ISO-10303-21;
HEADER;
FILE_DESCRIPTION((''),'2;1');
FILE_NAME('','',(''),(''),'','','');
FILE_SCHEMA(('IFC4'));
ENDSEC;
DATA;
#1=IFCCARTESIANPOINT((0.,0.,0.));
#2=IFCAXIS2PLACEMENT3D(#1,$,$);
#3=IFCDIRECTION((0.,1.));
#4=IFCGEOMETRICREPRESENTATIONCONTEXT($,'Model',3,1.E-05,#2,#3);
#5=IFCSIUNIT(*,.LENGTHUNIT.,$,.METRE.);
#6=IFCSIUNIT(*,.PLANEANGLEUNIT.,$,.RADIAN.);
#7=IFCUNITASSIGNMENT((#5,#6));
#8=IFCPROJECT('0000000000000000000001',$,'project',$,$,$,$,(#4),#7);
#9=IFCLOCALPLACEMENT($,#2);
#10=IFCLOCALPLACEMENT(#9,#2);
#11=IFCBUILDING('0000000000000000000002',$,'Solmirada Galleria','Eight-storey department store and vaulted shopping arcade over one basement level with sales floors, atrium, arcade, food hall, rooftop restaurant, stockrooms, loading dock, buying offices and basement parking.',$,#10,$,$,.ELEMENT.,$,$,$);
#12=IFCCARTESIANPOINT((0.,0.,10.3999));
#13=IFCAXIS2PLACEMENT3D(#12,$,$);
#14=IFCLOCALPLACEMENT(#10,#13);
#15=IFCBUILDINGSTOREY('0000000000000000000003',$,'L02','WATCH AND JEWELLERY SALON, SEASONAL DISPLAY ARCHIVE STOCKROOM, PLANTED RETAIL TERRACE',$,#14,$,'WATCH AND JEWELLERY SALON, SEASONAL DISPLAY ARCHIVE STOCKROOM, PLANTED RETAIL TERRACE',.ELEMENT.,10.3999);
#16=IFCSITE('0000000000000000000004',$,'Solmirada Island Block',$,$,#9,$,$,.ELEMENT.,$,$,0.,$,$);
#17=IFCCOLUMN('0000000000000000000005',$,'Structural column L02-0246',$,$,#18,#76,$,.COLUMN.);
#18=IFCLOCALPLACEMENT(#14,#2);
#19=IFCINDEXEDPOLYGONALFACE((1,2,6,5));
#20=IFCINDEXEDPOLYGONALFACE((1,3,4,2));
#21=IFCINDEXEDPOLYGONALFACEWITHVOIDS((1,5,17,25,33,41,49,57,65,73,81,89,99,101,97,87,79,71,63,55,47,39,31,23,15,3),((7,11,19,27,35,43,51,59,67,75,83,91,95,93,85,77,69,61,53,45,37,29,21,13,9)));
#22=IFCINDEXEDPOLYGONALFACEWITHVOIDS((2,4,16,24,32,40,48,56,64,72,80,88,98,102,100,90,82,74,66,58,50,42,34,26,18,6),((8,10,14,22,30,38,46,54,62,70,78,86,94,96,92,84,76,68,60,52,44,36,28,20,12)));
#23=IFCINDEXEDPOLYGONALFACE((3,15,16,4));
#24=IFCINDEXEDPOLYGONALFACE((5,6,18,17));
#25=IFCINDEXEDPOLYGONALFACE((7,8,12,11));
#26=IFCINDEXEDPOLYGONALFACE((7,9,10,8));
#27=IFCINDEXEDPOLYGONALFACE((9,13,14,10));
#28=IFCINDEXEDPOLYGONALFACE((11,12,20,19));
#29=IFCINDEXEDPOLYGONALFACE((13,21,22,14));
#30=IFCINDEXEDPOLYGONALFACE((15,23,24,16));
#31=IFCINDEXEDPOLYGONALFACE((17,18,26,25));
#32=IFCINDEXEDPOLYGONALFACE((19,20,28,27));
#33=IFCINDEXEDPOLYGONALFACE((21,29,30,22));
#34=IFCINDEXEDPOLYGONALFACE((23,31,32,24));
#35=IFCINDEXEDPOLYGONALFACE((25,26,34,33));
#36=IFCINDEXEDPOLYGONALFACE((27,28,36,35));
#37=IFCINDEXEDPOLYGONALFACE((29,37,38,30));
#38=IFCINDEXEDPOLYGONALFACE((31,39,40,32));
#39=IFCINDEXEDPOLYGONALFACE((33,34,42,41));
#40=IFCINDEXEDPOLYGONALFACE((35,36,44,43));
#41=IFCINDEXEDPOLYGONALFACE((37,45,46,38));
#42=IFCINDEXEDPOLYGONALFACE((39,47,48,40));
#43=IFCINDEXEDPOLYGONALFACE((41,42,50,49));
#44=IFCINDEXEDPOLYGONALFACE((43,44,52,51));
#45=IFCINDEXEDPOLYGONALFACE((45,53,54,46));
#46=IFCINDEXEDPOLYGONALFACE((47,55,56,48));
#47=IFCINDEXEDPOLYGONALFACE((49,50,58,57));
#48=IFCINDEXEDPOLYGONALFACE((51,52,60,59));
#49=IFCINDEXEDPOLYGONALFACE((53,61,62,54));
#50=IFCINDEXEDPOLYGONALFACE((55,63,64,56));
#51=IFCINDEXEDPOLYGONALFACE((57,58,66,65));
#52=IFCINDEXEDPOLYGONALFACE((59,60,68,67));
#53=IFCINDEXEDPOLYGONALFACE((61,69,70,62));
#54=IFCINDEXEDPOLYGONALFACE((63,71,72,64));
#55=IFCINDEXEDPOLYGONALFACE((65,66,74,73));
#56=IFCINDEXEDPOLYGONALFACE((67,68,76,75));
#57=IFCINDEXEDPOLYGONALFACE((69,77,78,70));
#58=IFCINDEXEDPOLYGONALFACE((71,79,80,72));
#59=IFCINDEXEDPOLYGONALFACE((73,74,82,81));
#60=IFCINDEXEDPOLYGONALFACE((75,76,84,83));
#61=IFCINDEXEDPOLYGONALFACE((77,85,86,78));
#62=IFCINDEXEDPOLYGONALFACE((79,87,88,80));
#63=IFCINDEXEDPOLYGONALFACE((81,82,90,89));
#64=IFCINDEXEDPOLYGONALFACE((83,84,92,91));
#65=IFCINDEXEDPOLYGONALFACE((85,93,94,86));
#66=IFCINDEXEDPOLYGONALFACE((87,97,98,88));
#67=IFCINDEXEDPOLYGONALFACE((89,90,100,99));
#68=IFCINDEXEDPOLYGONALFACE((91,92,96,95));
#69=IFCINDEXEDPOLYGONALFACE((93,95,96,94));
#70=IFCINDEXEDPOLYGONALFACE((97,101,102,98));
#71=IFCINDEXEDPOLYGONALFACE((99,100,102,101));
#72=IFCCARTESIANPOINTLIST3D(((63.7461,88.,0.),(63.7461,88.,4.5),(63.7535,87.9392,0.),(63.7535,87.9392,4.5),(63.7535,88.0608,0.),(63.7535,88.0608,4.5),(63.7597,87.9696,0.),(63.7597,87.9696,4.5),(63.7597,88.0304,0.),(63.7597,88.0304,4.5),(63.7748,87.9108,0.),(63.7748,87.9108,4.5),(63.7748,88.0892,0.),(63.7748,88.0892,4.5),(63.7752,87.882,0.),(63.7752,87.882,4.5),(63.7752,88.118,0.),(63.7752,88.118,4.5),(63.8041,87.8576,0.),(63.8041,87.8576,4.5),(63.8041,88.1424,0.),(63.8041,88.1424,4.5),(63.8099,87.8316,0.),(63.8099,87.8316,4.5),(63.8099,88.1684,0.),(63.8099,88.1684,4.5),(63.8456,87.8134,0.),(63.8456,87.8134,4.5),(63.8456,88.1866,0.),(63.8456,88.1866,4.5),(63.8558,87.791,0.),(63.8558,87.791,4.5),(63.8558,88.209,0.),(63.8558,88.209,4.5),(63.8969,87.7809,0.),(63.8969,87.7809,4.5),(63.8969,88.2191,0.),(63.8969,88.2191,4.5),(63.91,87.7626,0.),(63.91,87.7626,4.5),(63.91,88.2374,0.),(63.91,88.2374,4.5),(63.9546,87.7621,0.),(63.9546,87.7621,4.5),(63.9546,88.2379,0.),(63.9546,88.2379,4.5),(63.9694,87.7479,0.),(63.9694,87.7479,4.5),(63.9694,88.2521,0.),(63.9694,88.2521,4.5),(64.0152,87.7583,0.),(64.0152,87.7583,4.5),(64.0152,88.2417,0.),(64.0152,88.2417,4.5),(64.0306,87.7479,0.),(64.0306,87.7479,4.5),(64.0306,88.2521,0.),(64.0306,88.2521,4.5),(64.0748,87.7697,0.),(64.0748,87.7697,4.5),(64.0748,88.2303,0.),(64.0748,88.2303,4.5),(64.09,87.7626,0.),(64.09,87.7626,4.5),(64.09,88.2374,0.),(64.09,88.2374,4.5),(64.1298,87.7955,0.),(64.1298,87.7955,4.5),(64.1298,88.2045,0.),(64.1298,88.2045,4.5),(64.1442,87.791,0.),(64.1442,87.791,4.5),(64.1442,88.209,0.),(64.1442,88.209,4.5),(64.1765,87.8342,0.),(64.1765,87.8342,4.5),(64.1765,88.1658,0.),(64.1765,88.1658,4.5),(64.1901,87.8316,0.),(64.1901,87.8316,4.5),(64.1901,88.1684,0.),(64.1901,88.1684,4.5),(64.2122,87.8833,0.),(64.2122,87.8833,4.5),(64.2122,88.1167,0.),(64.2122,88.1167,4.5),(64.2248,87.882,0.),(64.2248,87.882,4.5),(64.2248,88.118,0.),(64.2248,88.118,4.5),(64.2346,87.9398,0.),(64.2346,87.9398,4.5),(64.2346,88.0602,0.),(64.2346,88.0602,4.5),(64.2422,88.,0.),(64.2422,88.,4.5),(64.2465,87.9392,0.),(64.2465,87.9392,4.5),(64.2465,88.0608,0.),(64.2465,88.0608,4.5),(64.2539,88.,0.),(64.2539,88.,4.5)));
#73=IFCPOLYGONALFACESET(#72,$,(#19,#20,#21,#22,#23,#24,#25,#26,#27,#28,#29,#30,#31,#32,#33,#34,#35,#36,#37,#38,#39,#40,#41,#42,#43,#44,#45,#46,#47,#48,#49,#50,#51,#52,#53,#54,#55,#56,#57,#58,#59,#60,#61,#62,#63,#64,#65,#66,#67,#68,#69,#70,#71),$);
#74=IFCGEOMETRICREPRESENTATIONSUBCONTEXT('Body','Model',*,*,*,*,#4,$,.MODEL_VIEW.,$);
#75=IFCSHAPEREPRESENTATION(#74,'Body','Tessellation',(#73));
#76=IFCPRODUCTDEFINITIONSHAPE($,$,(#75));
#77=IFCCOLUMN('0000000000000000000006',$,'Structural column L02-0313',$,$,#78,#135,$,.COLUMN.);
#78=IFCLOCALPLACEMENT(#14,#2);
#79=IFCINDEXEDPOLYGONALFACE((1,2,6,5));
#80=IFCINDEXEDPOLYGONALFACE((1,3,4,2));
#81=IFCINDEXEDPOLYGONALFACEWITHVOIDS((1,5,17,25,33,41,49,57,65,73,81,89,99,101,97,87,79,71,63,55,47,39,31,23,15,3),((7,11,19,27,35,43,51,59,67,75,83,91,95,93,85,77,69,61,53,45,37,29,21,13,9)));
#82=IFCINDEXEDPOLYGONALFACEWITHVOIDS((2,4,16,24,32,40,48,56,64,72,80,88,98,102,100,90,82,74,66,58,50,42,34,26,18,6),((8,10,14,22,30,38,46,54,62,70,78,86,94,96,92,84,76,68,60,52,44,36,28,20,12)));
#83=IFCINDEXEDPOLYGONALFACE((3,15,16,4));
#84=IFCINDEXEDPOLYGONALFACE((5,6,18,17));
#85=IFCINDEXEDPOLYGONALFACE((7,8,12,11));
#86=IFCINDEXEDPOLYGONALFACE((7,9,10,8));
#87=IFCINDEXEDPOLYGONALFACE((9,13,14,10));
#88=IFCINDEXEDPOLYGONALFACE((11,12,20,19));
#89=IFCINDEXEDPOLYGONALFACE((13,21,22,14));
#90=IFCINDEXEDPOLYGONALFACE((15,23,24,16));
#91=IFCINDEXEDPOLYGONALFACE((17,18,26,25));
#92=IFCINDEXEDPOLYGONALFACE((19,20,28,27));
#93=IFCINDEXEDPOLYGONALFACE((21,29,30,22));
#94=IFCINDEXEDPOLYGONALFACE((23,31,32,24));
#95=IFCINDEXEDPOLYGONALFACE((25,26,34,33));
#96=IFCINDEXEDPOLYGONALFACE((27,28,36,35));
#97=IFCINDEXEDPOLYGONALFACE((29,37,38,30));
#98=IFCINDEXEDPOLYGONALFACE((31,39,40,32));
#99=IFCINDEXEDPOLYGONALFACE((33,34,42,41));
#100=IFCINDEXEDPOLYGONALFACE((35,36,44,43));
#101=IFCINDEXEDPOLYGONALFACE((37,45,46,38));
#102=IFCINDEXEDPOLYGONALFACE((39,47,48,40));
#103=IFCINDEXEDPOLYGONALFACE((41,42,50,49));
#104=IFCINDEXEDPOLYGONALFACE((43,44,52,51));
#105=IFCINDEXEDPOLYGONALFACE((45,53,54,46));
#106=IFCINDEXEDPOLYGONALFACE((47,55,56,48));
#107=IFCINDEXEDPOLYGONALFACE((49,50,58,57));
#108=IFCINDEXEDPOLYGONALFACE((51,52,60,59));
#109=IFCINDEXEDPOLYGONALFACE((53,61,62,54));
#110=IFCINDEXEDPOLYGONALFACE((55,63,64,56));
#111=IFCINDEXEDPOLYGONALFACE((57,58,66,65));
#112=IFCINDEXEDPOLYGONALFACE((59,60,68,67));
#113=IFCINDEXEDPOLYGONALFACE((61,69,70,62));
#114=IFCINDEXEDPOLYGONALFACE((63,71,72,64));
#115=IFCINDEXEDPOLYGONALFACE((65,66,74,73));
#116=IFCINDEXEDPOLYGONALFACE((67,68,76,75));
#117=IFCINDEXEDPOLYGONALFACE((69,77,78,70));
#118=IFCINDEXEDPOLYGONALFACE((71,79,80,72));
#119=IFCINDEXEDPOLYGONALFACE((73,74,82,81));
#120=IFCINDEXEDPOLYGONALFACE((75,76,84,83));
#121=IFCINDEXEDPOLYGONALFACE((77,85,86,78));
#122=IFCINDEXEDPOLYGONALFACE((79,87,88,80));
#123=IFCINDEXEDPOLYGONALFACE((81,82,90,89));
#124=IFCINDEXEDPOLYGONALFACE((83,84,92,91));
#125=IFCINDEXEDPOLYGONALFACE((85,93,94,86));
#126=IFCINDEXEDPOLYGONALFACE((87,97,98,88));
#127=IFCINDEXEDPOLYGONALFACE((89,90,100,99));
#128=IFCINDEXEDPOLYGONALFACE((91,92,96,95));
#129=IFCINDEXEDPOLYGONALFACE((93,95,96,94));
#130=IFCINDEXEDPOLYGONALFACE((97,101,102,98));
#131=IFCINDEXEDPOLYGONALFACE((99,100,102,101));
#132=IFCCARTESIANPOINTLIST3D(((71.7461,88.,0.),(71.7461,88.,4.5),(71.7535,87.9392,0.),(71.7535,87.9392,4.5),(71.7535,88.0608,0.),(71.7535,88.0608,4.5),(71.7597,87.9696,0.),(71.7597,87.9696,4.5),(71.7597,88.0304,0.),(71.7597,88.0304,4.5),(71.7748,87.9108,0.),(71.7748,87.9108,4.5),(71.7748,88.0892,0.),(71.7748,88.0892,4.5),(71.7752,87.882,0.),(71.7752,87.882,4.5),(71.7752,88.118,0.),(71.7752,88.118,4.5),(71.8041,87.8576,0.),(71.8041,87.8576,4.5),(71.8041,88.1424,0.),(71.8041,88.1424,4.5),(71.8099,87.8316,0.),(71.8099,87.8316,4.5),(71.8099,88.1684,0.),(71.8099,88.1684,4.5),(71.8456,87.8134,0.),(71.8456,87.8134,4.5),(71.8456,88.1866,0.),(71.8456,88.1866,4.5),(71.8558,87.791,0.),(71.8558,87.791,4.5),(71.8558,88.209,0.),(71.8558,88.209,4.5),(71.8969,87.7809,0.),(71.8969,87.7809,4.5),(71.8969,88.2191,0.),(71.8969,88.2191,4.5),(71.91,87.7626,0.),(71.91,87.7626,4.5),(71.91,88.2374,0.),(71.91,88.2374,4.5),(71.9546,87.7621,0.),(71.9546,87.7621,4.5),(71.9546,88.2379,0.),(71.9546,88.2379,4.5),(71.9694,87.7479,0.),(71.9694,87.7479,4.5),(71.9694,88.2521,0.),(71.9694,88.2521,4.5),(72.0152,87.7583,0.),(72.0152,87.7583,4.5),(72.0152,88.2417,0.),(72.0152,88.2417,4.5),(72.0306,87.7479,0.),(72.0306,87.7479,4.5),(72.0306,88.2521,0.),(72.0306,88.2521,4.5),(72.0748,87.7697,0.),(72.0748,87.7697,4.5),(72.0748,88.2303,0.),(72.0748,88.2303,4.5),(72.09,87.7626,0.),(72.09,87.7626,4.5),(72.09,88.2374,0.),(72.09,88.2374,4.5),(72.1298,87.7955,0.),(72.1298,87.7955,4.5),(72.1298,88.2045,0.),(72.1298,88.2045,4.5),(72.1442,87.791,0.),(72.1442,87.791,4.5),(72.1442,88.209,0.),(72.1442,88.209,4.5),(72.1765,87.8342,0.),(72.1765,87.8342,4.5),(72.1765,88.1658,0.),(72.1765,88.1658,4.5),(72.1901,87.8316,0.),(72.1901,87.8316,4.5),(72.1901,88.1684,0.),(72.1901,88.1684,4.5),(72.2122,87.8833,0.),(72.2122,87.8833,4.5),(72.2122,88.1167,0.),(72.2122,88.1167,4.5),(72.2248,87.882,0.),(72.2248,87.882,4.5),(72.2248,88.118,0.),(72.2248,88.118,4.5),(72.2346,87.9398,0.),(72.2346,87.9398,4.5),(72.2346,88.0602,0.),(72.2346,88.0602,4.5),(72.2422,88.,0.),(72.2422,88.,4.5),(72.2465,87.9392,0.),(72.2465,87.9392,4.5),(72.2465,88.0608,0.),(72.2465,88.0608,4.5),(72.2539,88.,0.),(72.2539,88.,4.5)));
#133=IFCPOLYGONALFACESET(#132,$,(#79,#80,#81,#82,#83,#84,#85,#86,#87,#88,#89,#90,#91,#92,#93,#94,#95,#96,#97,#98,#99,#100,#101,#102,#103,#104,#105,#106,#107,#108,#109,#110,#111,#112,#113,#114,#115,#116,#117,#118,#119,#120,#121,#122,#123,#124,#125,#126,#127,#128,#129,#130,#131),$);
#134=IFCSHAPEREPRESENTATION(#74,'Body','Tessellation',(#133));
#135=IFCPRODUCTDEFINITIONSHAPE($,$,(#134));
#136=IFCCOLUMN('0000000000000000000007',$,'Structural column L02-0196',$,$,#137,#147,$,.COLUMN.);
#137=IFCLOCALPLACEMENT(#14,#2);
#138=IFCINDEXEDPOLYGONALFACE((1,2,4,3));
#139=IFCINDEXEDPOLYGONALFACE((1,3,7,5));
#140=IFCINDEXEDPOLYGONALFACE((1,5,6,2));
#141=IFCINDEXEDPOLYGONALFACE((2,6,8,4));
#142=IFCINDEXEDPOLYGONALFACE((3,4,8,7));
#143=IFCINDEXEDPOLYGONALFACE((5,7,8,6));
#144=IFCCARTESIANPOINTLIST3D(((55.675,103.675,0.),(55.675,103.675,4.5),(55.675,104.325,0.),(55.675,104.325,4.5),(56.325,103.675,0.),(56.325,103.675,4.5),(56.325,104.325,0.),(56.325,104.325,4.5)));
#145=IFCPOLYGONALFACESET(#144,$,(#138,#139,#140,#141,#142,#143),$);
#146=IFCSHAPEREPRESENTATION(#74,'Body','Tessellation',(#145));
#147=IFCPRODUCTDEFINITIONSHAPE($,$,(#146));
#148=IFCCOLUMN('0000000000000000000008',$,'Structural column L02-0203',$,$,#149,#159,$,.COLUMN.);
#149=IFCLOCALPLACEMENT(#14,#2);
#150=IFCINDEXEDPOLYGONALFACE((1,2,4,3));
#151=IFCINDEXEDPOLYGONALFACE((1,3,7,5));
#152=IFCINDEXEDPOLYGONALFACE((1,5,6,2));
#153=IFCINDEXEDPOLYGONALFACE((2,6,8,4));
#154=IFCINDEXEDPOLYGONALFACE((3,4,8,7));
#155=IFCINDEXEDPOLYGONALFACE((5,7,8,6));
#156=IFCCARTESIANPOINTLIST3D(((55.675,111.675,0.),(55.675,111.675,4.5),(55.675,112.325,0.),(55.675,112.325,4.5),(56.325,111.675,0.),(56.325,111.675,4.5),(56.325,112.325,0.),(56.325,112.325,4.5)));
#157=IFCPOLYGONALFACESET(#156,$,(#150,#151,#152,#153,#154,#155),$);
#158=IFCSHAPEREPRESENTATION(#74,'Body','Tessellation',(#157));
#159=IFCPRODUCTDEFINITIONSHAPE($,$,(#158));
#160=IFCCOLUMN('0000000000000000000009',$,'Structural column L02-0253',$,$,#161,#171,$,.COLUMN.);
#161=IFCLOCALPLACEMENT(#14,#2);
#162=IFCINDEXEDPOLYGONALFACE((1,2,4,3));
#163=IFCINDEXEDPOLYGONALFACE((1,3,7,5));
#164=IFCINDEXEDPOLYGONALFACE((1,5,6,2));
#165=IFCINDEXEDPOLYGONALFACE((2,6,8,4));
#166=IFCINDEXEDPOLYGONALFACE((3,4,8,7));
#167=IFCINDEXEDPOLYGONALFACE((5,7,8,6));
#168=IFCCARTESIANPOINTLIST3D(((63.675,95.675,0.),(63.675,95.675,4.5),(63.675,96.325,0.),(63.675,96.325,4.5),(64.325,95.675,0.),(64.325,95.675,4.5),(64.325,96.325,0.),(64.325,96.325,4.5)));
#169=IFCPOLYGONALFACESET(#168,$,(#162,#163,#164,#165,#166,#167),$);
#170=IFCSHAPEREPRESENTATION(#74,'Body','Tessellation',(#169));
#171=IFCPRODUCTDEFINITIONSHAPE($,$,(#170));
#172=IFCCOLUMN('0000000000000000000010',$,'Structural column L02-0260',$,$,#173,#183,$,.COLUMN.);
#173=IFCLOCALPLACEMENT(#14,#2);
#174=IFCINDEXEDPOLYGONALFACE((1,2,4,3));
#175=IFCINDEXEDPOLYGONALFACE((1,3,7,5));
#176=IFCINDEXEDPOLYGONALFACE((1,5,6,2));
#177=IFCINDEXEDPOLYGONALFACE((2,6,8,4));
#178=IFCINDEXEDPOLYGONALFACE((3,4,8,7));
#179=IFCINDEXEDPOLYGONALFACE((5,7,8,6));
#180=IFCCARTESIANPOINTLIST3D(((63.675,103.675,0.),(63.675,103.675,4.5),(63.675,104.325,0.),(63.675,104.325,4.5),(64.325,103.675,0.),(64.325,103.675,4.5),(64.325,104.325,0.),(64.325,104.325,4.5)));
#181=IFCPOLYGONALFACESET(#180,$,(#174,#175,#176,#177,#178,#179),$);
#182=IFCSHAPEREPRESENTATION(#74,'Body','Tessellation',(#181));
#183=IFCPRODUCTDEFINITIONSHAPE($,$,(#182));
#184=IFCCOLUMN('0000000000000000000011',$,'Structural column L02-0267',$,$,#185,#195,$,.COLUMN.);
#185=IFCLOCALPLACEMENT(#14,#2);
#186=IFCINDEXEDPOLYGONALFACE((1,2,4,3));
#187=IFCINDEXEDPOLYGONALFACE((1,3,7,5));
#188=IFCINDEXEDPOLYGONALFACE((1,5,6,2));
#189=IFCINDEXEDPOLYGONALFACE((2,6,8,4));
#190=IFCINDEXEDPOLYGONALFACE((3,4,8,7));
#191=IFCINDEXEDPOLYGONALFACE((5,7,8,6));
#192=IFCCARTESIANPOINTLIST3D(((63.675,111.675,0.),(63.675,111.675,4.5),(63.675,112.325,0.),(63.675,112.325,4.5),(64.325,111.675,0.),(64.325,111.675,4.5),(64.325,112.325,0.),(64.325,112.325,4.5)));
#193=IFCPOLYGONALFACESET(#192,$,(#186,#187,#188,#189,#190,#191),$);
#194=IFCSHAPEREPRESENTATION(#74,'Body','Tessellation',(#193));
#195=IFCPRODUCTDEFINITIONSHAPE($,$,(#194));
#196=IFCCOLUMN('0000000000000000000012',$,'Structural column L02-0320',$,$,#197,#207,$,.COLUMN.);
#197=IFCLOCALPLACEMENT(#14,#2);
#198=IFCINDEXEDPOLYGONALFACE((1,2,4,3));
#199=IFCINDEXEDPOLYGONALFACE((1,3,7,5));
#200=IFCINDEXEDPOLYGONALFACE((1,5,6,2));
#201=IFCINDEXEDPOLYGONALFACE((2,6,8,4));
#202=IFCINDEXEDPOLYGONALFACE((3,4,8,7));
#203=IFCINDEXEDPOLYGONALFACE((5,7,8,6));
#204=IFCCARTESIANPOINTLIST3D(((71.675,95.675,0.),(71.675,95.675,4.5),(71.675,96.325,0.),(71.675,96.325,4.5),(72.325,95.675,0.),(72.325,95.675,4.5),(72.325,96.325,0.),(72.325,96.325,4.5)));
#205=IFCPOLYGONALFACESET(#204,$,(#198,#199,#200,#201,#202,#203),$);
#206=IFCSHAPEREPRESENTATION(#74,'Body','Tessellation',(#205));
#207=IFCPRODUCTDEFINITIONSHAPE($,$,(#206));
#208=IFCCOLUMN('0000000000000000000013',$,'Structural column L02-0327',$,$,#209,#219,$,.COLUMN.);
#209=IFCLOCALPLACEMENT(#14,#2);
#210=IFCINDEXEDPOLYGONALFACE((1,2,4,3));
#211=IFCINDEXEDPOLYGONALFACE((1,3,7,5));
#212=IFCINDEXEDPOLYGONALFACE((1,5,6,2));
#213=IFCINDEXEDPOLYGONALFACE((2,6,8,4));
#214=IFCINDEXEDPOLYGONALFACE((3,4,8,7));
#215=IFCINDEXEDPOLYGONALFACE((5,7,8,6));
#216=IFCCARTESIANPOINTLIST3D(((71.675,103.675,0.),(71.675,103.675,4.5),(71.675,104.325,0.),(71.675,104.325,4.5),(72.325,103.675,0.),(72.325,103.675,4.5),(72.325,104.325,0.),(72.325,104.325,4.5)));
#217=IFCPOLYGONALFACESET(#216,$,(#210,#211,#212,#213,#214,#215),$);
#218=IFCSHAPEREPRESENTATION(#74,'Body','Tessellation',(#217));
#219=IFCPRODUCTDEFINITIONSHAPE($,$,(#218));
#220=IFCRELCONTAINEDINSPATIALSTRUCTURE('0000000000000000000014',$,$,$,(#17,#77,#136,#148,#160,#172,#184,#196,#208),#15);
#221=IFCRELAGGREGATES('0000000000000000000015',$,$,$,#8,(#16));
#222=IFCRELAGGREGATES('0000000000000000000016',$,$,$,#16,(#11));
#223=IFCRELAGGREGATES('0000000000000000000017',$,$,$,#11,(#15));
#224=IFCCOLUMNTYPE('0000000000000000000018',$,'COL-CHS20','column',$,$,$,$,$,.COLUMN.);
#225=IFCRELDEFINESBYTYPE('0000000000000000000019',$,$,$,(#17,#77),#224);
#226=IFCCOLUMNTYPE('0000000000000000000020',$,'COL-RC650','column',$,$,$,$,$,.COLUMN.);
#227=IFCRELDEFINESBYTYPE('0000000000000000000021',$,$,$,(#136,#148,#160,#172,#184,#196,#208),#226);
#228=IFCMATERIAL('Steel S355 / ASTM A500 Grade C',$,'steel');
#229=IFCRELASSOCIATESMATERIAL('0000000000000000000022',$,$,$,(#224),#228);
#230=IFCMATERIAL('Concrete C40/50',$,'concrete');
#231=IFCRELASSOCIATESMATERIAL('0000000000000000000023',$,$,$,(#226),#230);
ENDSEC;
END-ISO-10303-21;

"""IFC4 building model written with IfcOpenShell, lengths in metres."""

from ifc_helpers import new_model, si_unit, direction, frame, origin, origin_2d, place, context, subcontext, project, spatial, rectangle, hollow_circle, extrude, material, material_profile, profile_set, type_object, element, save


model = new_model("IFC4")

# Units and contexts
model_context = context("Model", 3, precision=1e-05, world=origin(), true_north=direction((0.0, 1.0)))
body_context = subcontext(model_context, "Body", "Model", "MODEL_VIEW")
ifc_project = project(units=[si_unit("LENGTHUNIT", "METRE"), si_unit("PLANEANGLEUNIT", "RADIAN")], contexts=[model_context])

# Site, building, storey
site_placement = place(None, origin())
site = spatial("IfcSite", under=ifc_project, at=site_placement, Name="Solmirada Island Block", CompositionType="ELEMENT", RefElevation=0.0)
building_placement = place(site_placement, origin())
building = spatial("IfcBuilding", under=site, at=building_placement, Name="Solmirada Galleria", Description="Eight-storey department store and vaulted shopping arcade over one basement level with sales floors, atrium, arcade, food hall, rooftop restaurant, stockrooms, loading dock, buying offices and basement parking.", CompositionType="ELEMENT")
storey_placement = place(building_placement, frame((0.0, 0.0, 10.3999)))
storey = spatial("IfcBuildingStorey", under=building, at=storey_placement, Name="L02", Description="WATCH AND JEWELLERY SALON, SEASONAL DISPLAY ARCHIVE STOCKROOM, PLANTED RETAIL TERRACE", LongName="WATCH AND JEWELLERY SALON, SEASONAL DISPLAY ARCHIVE STOCKROOM, PLANTED RETAIL TERRACE", CompositionType="ELEMENT", Elevation=10.3999)

# Columns
ifc_material_1 = material(Name="Steel S355 / ASTM A500 Grade C", Category="steel")
ifc_material_profile_1 = material_profile(ifc_material_1, hollow_circle(Radius=0.2539, WallThickness=0.0117, at=origin_2d()), Name="HSS20.000X0.500")
ifc_profile_set_1 = profile_set([ifc_material_profile_1], Name="Steel S355 / ASTM A500 Grade C")
column_type_1 = type_object("IfcColumnType", Name="COL-CHS20", Description="column", PredefinedType="COLUMN", material=ifc_profile_set_1)
for number, where, z_axis, x_axis, name in (
    (1, (64.0, 88.0, 0.0), (0.0, 0.0, 1.0), (1.0, 0.0, 0.0), "Structural column L02-0246"),
    (2, (72.0, 88.0, 0.0), (0.0, 0.0, 1.0), (1.0, 0.0, 0.0), "Structural column L02-0313"),
):
    element("IfcColumn", number, at=place(storey_placement, frame(where, z_axis=z_axis, x_axis=x_axis)), inside=storey, type_object=column_type_1, Name=name, PredefinedType="COLUMN", context=body_context, shape_type="SweptSolid", body=[
        extrude(hollow_circle(Radius=0.2539, WallThickness=0.0117, at=origin_2d()), origin(), (0.0, 0.0, 1.0), 4.5),
    ])
ifc_material_2 = material(Name="Concrete C40/50", Category="concrete")
ifc_material_profile_2 = material_profile(ifc_material_2, rectangle(XDim=0.6499, YDim=0.6499, at=origin_2d()), Name="RC650X650")
ifc_profile_set_2 = profile_set([ifc_material_profile_2], Name="Concrete C40/50")
column_type_2 = type_object("IfcColumnType", Name="COL-RC650", Description="column", PredefinedType="COLUMN", material=ifc_profile_set_2)
for number, where, z_axis, x_axis, name in (
    (3, (56.0, 104.0, 0.0), (0.0, 0.0, 1.0), (1.0, 0.0, 0.0), "Structural column L02-0196"),
    (4, (56.0, 112.0, 0.0), (0.0, 0.0, 1.0), (1.0, 0.0, 0.0), "Structural column L02-0203"),
    (5, (64.0, 96.0, 0.0), (0.0, 0.0, 1.0), (1.0, 0.0, 0.0), "Structural column L02-0253"),
    (6, (64.0, 104.0, 0.0), (0.0, 0.0, 1.0), (1.0, 0.0, 0.0), "Structural column L02-0260"),
    (7, (64.0, 112.0, 0.0), (0.0, 0.0, 1.0), (1.0, 0.0, 0.0), "Structural column L02-0267"),
    (8, (72.0, 96.0, 0.0), (0.0, 0.0, 1.0), (1.0, 0.0, 0.0), "Structural column L02-0320"),
    (9, (72.0, 104.0, 0.0), (0.0, 0.0, 1.0), (1.0, 0.0, 0.0), "Structural column L02-0327"),
):
    element("IfcColumn", number, at=place(storey_placement, frame(where, z_axis=z_axis, x_axis=x_axis)), inside=storey, type_object=column_type_2, Name=name, PredefinedType="COLUMN", context=body_context, shape_type="SweptSolid", body=[
        extrude(rectangle(XDim=0.6499, YDim=0.6499, at=origin_2d()), origin(), (0.0, 0.0, 1.0), 4.5),
    ])

save(model, "model.ifc")
